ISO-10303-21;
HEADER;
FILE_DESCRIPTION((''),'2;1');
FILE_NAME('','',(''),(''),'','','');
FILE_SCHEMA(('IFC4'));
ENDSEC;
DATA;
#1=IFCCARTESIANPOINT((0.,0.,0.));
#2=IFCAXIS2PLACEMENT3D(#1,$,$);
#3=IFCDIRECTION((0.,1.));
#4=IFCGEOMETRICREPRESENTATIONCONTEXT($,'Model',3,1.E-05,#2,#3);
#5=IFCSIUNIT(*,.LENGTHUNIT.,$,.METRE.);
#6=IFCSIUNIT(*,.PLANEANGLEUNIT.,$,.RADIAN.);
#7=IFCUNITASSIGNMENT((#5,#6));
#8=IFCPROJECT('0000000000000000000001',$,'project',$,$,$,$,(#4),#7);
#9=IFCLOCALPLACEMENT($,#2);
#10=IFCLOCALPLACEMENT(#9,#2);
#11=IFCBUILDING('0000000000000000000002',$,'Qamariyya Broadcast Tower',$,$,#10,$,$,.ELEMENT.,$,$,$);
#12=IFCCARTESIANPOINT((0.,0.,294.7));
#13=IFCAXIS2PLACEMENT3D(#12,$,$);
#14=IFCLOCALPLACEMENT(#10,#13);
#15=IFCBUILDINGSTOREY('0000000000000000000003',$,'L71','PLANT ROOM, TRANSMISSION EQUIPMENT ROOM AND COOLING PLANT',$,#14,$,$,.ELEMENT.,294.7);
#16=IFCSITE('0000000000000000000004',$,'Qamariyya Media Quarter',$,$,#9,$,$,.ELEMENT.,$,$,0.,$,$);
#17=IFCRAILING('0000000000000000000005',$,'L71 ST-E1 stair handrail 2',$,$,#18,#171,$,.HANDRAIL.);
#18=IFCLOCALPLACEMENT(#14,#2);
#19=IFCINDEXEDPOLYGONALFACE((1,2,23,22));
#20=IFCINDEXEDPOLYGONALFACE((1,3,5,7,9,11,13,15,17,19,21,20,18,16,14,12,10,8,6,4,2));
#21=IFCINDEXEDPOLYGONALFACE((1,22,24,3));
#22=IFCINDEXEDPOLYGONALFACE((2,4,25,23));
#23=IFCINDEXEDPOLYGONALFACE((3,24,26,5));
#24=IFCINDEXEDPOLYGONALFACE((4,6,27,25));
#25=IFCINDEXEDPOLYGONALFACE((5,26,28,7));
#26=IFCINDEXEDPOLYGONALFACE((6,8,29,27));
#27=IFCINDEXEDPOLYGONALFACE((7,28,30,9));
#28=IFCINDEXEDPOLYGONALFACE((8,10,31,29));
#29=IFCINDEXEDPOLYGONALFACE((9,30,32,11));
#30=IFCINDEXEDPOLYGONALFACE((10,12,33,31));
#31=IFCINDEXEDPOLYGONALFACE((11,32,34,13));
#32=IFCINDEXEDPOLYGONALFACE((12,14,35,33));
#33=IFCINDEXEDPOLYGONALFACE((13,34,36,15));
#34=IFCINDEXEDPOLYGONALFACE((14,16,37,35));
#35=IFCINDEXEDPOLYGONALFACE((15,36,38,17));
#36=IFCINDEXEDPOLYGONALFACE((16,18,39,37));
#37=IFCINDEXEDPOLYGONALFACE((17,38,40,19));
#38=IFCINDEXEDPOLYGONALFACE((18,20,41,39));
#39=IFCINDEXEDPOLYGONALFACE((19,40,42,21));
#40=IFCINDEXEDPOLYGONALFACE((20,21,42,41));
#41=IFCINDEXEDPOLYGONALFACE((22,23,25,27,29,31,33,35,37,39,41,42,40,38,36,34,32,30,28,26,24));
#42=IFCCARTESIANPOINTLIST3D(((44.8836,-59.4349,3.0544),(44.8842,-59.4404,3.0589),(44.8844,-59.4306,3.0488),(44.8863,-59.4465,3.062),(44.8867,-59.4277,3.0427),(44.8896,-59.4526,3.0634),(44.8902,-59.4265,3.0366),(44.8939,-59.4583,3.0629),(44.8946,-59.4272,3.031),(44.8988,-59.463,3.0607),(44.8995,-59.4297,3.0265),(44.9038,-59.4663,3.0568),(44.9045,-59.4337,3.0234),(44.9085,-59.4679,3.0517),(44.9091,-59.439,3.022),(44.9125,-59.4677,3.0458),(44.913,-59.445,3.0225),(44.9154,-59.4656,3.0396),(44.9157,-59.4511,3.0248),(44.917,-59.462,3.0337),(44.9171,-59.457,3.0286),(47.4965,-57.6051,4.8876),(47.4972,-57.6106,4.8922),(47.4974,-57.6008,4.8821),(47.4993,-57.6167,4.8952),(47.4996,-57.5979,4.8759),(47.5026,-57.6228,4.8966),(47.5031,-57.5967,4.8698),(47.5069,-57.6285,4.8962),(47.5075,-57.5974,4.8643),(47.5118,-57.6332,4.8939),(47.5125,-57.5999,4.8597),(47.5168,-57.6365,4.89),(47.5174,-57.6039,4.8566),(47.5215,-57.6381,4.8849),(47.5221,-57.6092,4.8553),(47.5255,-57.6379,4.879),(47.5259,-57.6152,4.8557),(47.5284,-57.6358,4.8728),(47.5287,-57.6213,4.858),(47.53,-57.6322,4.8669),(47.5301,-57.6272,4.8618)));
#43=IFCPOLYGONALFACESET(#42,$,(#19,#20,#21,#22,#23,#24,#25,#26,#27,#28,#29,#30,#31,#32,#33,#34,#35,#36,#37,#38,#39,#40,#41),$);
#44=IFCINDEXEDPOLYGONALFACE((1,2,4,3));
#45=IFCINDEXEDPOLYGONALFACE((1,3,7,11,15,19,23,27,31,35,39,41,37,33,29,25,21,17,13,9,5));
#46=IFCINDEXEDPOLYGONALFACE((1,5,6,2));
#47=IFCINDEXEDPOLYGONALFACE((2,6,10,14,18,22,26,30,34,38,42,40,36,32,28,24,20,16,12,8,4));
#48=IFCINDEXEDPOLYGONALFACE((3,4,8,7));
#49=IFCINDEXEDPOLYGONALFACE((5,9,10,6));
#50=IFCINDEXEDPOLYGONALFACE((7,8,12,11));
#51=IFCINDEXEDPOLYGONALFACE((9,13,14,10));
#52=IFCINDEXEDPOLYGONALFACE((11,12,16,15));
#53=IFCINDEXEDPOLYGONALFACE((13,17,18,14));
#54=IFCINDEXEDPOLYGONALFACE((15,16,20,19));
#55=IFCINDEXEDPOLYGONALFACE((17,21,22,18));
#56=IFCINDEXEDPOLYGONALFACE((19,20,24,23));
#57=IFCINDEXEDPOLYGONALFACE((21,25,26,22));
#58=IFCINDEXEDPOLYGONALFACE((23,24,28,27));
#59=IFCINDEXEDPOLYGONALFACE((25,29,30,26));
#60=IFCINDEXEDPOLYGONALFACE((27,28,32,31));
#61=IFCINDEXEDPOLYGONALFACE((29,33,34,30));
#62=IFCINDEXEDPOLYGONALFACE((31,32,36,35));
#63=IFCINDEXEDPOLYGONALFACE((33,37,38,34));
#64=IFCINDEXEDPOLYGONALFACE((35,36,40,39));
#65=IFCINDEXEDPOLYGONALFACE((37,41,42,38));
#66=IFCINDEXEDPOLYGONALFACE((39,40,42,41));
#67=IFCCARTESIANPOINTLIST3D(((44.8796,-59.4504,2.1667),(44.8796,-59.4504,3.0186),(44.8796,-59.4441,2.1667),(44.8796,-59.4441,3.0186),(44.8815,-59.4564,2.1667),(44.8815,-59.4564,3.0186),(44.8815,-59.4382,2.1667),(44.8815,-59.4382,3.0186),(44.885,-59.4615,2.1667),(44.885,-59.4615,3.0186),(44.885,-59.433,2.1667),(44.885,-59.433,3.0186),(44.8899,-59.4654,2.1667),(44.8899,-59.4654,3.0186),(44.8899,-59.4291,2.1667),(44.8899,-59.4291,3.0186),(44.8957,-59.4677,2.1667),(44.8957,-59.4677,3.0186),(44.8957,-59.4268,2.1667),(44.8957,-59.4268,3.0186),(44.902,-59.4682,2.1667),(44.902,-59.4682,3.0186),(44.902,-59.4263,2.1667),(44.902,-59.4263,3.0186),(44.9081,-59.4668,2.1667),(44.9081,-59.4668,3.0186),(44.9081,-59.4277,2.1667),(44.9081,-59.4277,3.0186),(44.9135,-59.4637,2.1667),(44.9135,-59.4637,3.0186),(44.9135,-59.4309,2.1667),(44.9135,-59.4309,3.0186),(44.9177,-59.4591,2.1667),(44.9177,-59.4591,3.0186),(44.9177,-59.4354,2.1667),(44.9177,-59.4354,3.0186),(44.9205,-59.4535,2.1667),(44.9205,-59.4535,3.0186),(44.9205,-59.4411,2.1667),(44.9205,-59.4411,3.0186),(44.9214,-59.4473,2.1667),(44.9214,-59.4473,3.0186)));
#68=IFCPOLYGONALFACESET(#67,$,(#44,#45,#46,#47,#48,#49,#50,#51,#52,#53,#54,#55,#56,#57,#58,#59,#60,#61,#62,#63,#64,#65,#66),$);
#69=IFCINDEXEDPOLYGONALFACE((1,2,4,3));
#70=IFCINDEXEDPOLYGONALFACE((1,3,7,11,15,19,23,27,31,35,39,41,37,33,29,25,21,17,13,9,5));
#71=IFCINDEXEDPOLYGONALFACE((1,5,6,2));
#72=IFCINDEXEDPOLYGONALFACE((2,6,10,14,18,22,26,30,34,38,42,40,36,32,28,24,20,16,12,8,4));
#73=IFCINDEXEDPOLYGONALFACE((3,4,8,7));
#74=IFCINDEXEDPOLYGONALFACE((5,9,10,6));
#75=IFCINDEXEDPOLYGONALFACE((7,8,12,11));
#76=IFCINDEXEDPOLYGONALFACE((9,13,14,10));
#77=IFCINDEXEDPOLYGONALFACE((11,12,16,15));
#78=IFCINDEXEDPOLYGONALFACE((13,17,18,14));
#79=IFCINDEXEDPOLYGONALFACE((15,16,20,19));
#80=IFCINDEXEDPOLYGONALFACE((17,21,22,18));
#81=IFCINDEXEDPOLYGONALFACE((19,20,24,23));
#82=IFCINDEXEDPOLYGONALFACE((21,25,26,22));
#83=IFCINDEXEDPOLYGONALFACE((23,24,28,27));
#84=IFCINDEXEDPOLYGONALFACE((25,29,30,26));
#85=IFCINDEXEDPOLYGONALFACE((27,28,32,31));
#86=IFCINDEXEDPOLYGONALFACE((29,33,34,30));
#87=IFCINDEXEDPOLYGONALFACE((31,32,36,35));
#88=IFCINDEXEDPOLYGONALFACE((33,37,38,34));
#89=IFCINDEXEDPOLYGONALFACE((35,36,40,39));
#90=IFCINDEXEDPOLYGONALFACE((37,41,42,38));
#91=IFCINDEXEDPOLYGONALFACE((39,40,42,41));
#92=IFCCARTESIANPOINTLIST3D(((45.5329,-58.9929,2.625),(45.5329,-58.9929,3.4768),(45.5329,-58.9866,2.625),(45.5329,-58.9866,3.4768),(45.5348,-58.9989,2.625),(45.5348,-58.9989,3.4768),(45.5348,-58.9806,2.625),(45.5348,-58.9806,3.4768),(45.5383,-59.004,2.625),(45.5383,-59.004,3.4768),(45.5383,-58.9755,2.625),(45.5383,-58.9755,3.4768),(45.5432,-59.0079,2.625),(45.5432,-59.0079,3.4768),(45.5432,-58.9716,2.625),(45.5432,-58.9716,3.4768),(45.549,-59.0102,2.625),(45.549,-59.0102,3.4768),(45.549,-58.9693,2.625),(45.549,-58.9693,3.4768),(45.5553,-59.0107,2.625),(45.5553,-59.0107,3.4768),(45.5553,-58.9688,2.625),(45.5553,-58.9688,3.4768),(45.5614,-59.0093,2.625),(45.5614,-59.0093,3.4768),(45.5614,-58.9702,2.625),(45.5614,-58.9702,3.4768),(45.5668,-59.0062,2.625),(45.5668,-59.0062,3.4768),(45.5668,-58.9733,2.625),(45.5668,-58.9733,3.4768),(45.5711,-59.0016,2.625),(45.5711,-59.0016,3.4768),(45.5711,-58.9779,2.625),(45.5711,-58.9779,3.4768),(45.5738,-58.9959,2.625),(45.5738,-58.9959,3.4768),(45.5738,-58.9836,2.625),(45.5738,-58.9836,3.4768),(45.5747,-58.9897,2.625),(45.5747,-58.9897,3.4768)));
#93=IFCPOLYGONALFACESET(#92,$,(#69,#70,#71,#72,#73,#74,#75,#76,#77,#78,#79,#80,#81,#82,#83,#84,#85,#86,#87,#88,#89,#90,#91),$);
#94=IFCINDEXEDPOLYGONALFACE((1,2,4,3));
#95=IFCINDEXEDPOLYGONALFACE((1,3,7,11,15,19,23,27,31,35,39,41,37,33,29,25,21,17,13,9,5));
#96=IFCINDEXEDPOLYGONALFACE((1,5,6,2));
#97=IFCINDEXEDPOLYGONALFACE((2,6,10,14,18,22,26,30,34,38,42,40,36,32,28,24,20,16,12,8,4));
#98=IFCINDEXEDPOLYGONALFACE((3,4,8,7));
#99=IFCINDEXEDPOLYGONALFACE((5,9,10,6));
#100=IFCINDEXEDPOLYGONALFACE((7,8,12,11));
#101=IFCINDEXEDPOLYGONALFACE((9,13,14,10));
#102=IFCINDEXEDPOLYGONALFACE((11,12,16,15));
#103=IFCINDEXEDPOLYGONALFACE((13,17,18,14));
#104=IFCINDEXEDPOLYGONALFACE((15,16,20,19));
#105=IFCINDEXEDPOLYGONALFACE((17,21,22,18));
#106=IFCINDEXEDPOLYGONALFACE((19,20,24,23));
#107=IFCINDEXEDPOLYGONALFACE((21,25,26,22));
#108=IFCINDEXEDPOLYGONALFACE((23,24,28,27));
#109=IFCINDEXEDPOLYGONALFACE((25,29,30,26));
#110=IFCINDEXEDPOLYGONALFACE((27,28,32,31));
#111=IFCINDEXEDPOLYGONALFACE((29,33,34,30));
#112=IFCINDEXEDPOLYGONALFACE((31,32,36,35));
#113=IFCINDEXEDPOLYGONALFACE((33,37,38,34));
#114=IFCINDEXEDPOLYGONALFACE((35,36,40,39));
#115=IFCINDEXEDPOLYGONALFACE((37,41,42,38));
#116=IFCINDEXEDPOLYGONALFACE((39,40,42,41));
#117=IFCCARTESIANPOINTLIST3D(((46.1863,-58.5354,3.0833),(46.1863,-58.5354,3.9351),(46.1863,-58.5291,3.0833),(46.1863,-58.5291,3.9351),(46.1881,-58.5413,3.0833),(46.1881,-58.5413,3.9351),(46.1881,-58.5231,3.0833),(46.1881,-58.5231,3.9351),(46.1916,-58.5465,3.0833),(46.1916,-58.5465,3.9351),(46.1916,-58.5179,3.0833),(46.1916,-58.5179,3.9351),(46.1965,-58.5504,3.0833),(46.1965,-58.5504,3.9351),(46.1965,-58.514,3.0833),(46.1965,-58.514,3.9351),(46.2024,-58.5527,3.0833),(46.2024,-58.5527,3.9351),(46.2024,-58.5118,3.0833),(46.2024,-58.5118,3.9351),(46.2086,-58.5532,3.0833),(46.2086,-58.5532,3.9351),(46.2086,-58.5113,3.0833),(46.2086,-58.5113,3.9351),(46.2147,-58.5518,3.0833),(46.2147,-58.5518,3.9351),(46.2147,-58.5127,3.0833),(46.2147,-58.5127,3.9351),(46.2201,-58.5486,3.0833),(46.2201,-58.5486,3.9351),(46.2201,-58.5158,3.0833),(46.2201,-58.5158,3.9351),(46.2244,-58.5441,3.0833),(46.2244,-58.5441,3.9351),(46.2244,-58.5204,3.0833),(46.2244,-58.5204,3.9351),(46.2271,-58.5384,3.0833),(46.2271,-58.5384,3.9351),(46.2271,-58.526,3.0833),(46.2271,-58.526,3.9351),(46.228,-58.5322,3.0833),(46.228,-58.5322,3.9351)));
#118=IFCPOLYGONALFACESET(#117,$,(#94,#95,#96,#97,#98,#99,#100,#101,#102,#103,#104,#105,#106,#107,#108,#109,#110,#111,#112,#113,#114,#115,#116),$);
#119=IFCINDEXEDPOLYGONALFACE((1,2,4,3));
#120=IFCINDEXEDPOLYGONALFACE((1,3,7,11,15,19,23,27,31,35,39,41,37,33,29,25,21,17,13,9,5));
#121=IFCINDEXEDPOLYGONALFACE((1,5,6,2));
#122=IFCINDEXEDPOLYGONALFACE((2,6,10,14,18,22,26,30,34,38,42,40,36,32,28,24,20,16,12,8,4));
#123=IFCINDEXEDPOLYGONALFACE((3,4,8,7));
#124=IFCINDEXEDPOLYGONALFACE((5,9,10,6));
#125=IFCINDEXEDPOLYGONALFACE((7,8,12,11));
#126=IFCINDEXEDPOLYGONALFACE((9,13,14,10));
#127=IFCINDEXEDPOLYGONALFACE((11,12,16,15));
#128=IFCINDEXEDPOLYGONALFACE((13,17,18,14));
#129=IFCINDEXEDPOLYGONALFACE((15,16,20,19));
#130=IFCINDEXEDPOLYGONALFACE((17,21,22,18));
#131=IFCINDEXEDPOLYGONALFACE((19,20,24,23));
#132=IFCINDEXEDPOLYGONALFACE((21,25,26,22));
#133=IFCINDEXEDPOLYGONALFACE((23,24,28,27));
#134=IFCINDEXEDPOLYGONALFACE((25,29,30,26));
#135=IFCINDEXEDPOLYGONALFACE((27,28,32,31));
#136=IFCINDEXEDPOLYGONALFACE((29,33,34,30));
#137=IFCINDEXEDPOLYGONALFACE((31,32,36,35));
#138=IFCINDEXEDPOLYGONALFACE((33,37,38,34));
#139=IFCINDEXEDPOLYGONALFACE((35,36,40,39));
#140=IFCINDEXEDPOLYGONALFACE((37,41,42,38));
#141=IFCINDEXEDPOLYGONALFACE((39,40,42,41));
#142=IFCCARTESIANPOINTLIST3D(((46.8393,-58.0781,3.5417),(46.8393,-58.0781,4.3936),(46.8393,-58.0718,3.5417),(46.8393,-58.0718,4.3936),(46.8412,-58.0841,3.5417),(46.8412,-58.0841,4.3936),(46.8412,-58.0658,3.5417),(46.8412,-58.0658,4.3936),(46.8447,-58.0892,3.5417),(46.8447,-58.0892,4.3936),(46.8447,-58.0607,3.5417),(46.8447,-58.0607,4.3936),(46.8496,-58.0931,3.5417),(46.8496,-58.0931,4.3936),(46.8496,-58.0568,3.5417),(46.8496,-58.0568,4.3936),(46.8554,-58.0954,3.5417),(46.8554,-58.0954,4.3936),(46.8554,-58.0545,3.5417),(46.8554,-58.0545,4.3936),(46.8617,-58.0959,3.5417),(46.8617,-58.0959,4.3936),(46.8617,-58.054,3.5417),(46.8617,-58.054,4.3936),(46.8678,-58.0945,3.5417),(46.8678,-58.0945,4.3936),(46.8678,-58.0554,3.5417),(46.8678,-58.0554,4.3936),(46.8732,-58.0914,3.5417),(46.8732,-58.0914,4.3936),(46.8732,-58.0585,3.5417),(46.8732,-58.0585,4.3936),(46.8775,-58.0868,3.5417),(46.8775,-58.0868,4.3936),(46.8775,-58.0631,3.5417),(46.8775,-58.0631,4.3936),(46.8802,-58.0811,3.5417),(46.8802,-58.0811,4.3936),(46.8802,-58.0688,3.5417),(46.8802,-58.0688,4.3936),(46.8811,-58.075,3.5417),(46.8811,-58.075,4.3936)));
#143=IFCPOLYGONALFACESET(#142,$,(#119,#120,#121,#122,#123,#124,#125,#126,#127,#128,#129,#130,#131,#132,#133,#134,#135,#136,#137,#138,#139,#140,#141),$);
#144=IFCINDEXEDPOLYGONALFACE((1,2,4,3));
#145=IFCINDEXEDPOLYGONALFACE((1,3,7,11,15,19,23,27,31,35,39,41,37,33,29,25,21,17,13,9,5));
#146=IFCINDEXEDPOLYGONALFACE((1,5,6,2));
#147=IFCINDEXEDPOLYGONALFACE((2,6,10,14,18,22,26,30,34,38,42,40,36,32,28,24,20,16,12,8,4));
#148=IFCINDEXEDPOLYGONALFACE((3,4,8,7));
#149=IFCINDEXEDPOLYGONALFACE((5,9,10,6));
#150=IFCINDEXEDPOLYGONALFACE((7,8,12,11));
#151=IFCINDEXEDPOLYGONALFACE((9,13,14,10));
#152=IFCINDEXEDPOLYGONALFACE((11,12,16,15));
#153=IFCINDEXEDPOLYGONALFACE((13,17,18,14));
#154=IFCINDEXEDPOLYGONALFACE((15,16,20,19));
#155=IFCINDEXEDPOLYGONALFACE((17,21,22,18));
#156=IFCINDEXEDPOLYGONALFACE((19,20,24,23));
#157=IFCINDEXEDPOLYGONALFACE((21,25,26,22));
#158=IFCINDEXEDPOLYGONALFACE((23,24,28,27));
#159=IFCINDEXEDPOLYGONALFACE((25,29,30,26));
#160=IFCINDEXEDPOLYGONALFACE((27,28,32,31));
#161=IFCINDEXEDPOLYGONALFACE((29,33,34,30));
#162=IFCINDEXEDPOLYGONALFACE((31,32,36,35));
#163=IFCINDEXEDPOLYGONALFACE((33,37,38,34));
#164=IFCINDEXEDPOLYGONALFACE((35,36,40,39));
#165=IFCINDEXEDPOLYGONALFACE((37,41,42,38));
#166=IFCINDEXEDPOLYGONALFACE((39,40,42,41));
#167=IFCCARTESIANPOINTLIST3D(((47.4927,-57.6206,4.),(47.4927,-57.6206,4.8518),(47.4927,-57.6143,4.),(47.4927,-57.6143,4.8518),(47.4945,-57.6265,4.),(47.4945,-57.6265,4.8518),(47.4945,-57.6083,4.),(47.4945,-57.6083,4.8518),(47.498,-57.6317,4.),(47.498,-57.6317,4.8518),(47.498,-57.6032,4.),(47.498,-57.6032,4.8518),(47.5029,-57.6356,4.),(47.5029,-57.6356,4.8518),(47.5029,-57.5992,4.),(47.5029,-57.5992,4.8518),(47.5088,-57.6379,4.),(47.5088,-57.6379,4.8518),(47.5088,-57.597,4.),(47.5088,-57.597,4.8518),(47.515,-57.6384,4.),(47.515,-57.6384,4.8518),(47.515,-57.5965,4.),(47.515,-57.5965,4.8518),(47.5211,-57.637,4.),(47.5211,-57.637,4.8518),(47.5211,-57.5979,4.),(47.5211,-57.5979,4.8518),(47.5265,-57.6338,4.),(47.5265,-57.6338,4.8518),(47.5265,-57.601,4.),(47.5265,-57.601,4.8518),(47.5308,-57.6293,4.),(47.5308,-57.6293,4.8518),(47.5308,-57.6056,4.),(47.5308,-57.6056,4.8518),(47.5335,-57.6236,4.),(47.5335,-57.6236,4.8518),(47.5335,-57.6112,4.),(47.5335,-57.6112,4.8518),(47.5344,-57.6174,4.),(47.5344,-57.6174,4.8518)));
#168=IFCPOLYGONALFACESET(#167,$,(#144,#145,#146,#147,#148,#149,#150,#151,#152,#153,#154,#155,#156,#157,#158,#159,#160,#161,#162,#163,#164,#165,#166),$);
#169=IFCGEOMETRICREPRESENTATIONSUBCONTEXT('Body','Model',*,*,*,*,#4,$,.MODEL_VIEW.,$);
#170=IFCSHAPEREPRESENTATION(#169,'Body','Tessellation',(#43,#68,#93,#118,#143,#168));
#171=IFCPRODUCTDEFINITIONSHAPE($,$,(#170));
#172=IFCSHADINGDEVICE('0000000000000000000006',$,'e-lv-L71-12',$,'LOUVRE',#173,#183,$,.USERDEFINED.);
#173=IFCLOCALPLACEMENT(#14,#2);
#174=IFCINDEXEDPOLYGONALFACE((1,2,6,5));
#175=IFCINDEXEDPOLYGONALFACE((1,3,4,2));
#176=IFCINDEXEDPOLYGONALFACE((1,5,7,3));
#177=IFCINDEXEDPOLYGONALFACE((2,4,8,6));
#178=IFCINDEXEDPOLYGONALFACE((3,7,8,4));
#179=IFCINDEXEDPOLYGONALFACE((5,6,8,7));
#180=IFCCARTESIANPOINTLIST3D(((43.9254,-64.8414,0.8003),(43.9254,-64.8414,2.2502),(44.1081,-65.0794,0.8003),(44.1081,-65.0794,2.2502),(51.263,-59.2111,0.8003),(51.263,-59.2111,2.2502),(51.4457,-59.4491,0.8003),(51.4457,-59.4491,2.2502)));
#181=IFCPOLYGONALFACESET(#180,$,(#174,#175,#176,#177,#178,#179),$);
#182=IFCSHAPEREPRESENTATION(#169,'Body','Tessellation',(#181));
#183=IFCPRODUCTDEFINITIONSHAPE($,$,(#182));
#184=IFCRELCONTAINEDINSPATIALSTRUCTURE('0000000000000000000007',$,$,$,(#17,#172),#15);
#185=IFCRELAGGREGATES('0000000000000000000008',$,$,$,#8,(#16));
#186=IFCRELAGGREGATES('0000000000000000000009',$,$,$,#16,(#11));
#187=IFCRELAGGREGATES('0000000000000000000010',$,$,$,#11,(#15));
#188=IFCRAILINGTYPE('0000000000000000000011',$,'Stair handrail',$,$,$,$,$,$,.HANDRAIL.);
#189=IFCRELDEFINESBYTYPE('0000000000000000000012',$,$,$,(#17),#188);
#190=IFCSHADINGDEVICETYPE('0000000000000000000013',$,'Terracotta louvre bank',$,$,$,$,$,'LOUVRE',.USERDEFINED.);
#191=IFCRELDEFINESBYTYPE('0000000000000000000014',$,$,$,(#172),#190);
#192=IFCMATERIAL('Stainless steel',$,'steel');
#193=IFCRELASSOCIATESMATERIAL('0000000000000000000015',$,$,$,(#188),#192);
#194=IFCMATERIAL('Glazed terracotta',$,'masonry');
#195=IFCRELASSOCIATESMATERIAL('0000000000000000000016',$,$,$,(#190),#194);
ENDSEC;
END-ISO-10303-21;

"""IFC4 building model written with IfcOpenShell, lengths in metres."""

from ifc_helpers import new_model, si_unit, direction, frame, origin, origin_2d, place, context, subcontext, project, spatial, rectangle, circle, extrude, material, type_object, element, save


model = new_model("IFC4")

# Units and contexts
model_context = context("Model", 3, precision=1e-05, world=origin(), true_north=direction((0.0, 1.0)))
body_context = subcontext(model_context, "Body", "Model", "MODEL_VIEW")
ifc_project = project(units=[si_unit("LENGTHUNIT", "METRE"), si_unit("PLANEANGLEUNIT", "RADIAN")], contexts=[model_context])

# Site, building, storey
site_placement = place(None, origin())
site = spatial("IfcSite", under=ifc_project, at=site_placement, Name="Qamariyya Media Quarter", CompositionType="ELEMENT", RefElevation=0.0)
building_placement = place(site_placement, origin())
building = spatial("IfcBuilding", under=site, at=building_placement, Name="Qamariyya Broadcast Tower", CompositionType="ELEMENT")
storey_placement = place(building_placement, frame((0.0, 0.0, 294.7)))
storey = spatial("IfcBuildingStorey", under=building, at=storey_placement, Name="L71", Description="PLANT ROOM, TRANSMISSION EQUIPMENT ROOM AND COOLING PLANT", CompositionType="ELEMENT", Elevation=294.7)

# Railing
ifc_material_1 = material(Name="Stainless steel", Category="steel")
railing_type_1 = type_object("IfcRailingType", Name="Stair handrail", PredefinedType="HANDRAIL", material=ifc_material_1)
railing_1_placement = place(storey_placement, frame((44.9004, -59.4473, 2.1667)))
element("IfcRailing", 1, at=railing_1_placement, inside=storey, type_object=railing_type_1, Name="L71 ST-E1 stair handrail 2", PredefinedType="HANDRAIL", context=body_context, shape_type="SweptSolid", body=[
    extrude(circle(Radius=0.0239, at=origin_2d()), frame((0.0, 0.0, 0.876), z_axis=(0.710204, 0.497335, 0.498264), x_axis=(-0.573611, 0.819128, 0.0)), (0.0, 0.0, 1.0), 3.6792),
    extrude(circle(Radius=0.021, at=origin_2d()), origin(), (0.0, 0.0, 1.0), 0.8518),
    extrude(circle(Radius=0.021, at=origin_2d()), frame((0.6533, 0.4575, 0.4583)), (0.0, 0.0, 1.0), 0.8518),
    extrude(circle(Radius=0.021, at=origin_2d()), frame((1.3066, 0.915, 0.9165)), (0.0, 0.0, 1.0), 0.8518),
    extrude(circle(Radius=0.021, at=origin_2d()), frame((1.9597, 1.3723, 1.375)), (0.0, 0.0, 1.0), 0.8518),
    extrude(circle(Radius=0.021, at=origin_2d()), frame((2.613, 1.8298, 1.8333)), (0.0, 0.0, 1.0), 0.8518),
])

# Shading device
ifc_material_2 = material(Name="Glazed terracotta", Category="masonry")
shading_device_type = type_object("IfcShadingDeviceType", Name="Terracotta louvre bank", ElementType="LOUVRE", PredefinedType="USERDEFINED", material=ifc_material_2)
shading_device_placement = place(storey_placement, frame((47.6855, -62.1453, 0.8003), z_axis=(0.0, 0.0, 1.0), x_axis=(0.793353, 0.608761, 0.0)))
element("IfcShadingDevice", 2, at=shading_device_placement, inside=storey, type_object=shading_device_type, Name="e-lv-L71-12", ObjectType="LOUVRE", PredefinedType="USERDEFINED", context=body_context, shape_type="SweptSolid", body=[
    extrude(rectangle(XDim=9.2488, YDim=0.3, at=origin_2d()), origin(), (0.0, 0.0, 1.0), 1.45),
])

save(model, "model.ifc")
